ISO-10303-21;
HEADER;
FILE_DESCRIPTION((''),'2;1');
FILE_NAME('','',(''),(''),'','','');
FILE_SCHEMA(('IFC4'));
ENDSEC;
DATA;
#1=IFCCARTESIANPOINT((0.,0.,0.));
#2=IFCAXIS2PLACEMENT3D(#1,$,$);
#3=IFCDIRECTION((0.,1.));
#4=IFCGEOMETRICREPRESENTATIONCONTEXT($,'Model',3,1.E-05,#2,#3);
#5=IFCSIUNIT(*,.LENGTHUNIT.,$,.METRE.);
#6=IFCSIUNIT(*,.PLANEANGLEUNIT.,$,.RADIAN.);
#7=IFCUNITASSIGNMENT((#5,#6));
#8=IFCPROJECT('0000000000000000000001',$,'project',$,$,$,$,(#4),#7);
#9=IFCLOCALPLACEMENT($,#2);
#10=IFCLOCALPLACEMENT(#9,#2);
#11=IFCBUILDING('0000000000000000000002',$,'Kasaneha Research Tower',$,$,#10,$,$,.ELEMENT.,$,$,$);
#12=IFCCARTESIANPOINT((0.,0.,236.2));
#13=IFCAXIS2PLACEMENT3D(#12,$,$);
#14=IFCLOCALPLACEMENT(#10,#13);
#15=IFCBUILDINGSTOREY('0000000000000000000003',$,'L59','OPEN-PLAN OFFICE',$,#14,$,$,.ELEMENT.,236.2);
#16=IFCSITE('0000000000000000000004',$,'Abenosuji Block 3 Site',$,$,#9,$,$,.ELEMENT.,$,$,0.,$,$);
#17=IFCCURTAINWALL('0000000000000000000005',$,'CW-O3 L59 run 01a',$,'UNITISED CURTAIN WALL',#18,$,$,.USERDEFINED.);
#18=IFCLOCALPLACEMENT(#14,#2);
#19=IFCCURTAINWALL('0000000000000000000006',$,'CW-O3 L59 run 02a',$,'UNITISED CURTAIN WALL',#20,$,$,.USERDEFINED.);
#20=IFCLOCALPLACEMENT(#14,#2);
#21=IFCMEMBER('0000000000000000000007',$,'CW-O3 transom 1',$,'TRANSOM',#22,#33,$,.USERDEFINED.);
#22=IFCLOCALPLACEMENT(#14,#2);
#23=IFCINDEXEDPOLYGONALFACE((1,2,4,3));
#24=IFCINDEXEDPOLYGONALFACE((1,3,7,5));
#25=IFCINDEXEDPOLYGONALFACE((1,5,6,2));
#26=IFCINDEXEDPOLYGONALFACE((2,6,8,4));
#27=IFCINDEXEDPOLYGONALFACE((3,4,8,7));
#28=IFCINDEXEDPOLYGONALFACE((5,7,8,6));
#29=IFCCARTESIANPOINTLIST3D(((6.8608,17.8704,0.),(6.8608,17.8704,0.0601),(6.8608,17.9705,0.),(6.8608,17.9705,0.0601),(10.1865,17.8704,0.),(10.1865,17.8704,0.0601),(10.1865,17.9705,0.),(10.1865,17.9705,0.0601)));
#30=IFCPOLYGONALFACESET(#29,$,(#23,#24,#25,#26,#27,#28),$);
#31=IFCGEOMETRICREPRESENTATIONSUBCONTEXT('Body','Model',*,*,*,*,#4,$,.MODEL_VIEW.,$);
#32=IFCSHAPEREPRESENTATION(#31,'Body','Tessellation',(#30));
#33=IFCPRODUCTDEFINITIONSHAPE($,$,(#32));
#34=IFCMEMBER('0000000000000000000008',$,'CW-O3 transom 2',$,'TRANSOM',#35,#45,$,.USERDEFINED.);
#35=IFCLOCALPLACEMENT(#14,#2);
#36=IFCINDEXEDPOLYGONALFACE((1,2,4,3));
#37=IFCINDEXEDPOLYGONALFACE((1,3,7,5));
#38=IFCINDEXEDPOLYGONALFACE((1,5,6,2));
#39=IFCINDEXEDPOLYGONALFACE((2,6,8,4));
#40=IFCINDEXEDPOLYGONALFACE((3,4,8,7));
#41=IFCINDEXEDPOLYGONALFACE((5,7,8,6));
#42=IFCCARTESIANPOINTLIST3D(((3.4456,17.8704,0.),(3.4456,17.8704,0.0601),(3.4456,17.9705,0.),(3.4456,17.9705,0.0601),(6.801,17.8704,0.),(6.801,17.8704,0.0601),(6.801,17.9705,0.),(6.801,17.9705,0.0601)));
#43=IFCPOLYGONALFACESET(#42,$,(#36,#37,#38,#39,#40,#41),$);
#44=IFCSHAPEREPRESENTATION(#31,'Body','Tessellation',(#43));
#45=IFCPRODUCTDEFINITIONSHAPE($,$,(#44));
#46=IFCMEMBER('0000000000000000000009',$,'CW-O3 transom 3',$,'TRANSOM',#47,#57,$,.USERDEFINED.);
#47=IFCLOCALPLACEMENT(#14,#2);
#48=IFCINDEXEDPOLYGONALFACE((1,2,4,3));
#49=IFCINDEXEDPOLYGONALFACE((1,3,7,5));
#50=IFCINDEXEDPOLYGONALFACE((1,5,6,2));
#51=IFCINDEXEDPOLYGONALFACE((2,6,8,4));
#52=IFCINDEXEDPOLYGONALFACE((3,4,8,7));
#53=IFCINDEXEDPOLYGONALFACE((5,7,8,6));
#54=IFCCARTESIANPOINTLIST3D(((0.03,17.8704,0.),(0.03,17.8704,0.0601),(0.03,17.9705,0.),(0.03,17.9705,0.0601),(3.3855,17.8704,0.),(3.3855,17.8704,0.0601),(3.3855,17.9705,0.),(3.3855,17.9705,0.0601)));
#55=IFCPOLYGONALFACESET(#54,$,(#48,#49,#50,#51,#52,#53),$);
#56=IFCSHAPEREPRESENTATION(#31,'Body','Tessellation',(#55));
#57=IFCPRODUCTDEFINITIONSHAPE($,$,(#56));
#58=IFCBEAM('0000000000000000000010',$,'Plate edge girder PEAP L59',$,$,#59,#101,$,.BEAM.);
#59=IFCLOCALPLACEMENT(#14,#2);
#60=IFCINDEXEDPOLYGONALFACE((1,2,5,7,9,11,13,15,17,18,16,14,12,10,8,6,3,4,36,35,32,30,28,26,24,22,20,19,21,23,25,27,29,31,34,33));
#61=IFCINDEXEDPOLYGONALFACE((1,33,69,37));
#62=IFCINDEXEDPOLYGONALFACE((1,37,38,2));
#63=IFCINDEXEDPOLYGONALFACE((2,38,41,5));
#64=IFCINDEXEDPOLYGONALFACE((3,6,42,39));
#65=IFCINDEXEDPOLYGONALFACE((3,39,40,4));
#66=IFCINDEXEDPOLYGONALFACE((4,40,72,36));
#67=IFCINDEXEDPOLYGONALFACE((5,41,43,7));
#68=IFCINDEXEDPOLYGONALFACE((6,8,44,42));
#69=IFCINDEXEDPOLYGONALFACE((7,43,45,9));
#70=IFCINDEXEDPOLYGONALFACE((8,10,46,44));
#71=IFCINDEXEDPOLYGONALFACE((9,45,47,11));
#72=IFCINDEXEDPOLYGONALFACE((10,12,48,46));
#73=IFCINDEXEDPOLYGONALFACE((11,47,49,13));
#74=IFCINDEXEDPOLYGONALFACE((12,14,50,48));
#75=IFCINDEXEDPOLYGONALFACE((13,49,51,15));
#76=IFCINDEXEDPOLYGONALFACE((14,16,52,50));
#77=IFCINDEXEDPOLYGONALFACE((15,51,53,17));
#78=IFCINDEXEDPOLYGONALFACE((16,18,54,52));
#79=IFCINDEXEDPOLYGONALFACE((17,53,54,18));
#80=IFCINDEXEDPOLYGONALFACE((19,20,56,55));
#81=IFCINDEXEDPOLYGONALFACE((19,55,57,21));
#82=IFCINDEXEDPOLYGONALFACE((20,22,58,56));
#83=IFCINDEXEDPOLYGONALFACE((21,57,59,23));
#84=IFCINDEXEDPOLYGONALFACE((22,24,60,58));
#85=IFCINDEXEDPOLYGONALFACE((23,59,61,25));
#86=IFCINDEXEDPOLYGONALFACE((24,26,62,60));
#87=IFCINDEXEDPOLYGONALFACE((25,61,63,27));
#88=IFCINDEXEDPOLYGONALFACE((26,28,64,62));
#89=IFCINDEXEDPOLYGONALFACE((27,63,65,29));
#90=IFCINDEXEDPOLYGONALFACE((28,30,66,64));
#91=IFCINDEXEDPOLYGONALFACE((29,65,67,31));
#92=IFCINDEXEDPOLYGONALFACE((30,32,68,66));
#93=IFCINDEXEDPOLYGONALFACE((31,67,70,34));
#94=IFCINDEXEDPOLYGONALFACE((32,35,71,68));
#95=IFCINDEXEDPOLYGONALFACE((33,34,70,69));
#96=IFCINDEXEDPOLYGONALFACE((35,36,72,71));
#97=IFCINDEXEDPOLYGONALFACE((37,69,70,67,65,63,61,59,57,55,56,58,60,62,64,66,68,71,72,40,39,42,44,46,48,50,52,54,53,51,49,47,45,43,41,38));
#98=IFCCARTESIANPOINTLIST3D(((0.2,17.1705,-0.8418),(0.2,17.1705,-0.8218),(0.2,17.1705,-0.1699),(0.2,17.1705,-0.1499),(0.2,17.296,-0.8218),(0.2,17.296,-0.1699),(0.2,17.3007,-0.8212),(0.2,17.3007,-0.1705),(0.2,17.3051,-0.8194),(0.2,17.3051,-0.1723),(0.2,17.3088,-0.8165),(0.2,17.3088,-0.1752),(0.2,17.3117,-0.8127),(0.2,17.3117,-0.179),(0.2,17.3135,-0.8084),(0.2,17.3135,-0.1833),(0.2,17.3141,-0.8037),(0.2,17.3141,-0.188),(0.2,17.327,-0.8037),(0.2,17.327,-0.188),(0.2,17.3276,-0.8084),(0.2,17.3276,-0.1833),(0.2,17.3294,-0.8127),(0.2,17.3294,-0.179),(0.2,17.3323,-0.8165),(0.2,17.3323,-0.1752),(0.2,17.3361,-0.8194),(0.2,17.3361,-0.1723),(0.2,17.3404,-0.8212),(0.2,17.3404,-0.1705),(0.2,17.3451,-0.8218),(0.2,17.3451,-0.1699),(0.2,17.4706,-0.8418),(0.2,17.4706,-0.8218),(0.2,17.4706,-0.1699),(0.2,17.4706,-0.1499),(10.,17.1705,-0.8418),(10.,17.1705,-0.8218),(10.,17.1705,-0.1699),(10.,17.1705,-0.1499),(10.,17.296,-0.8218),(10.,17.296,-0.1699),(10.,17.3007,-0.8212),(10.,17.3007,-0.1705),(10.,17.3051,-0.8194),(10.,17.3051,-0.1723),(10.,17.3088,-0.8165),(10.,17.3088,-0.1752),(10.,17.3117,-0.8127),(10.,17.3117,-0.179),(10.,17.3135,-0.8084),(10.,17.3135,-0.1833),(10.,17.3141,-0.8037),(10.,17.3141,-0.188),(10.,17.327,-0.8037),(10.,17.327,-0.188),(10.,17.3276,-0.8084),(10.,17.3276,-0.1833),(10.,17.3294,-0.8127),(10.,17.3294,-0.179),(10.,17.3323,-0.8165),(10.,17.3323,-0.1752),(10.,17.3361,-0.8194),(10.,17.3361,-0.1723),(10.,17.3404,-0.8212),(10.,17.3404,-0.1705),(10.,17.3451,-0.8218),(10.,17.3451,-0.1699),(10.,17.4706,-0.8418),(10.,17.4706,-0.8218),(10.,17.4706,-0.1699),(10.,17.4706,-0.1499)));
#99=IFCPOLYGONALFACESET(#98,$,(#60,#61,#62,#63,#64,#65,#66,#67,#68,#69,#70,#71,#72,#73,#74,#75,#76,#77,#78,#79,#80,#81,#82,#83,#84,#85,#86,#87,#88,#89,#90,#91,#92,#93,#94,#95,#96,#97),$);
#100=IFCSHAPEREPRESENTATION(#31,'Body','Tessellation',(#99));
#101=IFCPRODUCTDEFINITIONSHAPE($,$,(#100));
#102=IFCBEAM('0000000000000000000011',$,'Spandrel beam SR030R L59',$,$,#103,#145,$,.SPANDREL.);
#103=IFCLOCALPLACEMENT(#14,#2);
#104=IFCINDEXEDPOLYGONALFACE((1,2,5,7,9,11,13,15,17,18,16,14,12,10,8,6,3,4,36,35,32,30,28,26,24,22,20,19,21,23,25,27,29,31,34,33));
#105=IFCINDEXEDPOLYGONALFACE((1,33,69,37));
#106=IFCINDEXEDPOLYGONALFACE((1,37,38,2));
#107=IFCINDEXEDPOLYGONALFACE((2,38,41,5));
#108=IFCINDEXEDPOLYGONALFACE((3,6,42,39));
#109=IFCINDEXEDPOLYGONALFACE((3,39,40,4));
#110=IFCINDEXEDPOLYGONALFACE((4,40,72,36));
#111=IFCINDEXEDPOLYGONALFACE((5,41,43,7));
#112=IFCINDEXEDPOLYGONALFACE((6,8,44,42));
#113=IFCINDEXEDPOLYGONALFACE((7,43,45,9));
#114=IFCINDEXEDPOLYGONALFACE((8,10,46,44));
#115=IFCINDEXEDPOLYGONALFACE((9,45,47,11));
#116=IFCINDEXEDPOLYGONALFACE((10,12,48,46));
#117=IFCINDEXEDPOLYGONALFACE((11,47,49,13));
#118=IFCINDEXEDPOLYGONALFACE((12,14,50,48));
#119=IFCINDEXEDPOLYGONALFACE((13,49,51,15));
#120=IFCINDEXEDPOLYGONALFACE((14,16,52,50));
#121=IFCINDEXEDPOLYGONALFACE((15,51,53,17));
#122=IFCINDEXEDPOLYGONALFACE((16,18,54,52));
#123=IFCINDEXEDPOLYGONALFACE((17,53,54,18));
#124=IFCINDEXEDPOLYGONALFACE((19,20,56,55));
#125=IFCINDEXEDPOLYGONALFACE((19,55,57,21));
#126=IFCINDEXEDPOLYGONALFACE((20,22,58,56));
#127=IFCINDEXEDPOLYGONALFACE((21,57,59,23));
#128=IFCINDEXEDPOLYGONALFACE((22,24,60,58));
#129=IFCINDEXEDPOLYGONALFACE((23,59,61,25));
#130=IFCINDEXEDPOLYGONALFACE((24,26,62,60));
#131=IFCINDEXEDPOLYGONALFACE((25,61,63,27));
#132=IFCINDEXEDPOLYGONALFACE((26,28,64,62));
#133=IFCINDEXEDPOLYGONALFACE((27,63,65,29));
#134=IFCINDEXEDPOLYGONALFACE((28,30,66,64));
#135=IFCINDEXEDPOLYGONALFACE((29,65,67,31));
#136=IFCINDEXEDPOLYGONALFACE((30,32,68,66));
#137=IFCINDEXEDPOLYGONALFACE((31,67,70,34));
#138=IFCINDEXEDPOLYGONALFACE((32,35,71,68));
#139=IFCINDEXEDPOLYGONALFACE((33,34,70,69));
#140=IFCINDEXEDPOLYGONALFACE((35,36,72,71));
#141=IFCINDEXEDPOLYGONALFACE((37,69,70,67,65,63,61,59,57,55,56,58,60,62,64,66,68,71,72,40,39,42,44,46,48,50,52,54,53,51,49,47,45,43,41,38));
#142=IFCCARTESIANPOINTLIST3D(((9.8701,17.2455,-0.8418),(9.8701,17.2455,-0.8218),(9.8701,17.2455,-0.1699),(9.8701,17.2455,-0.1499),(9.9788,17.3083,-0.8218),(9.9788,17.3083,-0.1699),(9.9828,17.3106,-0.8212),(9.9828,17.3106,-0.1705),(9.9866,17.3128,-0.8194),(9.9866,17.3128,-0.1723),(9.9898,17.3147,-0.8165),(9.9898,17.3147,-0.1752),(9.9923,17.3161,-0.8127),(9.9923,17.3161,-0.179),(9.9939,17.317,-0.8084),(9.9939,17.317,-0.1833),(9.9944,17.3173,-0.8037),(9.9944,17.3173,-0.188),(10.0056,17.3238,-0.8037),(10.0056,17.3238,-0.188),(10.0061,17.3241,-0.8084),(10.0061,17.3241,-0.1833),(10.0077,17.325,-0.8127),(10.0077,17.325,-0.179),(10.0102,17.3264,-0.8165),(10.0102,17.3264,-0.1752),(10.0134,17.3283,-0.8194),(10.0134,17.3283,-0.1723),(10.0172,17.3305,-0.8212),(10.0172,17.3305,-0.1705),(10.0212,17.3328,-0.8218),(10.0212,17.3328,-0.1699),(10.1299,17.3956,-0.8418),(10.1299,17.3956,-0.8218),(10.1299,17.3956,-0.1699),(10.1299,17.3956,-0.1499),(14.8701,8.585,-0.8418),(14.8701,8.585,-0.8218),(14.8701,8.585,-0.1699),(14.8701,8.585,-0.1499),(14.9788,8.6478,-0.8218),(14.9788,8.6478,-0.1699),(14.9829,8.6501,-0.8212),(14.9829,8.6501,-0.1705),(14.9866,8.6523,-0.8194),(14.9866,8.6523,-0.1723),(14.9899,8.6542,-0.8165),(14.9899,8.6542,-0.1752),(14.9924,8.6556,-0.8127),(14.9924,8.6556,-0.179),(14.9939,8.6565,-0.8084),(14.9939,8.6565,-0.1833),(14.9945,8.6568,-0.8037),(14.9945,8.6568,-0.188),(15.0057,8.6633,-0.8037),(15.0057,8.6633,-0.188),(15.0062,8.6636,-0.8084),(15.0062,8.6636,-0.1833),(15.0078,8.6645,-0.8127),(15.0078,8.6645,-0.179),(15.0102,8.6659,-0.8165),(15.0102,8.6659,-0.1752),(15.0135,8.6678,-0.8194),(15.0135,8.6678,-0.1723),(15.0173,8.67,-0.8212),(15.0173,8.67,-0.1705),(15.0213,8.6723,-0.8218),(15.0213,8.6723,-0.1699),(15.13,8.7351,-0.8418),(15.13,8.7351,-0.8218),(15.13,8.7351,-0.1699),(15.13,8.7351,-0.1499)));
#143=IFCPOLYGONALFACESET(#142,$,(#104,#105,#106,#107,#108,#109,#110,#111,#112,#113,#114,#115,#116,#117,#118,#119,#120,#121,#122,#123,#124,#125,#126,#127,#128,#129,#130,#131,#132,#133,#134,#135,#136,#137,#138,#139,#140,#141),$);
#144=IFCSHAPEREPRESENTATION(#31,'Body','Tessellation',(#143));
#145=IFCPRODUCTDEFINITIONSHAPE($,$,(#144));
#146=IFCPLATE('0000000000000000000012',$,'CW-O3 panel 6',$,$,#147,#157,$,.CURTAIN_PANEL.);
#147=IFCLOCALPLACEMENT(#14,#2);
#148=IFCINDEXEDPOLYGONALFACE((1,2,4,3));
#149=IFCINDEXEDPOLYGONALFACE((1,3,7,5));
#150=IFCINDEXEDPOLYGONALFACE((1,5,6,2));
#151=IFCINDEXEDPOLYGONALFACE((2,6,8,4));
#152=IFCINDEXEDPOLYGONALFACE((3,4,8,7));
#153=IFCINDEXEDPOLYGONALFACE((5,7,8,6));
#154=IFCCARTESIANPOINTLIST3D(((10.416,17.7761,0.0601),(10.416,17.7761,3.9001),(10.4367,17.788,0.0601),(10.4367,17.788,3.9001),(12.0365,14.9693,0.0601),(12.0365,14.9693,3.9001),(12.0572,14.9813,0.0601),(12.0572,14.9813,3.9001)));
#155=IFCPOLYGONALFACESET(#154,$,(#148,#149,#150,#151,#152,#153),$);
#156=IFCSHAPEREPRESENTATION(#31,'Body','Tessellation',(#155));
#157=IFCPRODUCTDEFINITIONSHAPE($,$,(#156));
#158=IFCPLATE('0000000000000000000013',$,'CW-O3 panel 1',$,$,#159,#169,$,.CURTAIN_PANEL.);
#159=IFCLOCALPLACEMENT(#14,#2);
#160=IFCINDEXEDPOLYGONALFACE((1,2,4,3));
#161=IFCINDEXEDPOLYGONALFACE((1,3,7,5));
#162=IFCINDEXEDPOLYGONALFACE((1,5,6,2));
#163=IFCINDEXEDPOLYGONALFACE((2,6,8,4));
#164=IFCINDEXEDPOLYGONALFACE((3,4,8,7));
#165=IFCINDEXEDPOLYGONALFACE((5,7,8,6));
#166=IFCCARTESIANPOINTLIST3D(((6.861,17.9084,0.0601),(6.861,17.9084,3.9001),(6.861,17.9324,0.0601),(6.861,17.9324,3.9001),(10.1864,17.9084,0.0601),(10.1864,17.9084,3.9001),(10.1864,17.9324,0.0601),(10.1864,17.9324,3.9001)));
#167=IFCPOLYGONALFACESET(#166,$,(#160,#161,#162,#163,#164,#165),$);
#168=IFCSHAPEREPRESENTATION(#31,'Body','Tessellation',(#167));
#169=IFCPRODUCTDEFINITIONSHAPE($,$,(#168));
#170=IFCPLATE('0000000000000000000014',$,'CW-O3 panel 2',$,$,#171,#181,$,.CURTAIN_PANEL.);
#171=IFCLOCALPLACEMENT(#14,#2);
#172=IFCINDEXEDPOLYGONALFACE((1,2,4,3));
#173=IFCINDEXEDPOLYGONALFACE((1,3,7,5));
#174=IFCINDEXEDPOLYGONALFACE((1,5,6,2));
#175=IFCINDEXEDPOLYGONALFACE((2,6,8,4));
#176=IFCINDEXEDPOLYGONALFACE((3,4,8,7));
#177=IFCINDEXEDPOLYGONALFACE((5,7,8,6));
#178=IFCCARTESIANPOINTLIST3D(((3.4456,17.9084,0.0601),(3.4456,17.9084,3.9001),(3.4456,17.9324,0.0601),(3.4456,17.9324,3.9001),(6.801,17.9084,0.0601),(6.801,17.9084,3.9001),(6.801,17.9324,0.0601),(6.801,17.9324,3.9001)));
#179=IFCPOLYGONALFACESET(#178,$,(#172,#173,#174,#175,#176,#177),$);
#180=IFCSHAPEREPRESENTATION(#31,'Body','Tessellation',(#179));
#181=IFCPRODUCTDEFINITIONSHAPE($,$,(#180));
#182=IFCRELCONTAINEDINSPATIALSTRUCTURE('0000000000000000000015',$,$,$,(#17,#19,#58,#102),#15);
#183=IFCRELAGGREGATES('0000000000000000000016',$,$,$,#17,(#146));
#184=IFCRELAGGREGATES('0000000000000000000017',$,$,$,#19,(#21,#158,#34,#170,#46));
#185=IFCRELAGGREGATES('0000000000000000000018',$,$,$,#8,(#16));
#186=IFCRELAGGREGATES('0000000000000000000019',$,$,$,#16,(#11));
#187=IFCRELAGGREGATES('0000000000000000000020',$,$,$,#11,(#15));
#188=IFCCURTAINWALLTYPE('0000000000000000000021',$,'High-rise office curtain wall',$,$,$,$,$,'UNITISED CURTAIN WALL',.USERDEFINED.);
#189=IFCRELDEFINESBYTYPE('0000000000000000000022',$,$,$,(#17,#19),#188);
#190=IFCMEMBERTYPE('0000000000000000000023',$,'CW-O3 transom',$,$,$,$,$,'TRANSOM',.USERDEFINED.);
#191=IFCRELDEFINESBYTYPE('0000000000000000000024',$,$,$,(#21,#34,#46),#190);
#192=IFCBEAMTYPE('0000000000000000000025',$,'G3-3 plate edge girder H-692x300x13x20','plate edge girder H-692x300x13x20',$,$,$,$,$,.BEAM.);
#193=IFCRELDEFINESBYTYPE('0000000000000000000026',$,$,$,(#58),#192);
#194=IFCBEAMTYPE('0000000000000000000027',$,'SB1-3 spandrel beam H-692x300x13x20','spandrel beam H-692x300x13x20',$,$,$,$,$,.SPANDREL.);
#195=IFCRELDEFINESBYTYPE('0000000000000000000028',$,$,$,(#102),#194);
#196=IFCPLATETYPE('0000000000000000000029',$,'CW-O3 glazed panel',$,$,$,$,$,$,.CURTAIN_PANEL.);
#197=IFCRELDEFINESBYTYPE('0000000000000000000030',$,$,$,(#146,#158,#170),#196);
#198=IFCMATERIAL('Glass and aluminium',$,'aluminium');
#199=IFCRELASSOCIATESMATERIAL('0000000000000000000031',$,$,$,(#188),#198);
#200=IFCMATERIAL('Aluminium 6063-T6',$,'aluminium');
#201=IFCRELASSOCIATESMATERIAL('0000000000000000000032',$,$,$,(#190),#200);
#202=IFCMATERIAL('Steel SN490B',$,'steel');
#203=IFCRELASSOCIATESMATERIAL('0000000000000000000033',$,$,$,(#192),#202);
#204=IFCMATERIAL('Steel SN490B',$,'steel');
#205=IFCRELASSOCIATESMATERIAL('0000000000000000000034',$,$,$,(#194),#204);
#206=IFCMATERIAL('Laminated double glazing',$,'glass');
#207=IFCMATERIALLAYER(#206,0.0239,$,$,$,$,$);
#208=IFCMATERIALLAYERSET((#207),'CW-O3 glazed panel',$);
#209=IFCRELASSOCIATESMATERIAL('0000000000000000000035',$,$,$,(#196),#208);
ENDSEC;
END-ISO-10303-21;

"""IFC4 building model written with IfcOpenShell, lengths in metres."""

from ifc_helpers import new_model, si_unit, direction, frame, origin, origin_2d, place, context, subcontext, project, spatial, rectangle, i_section, extrude, material, layer, layer_set, material_profile, profile_set, type_object, element, aggregate, save


model = new_model("IFC4")

# Units and contexts
model_context = context("Model", 3, precision=1e-05, world=origin(), true_north=direction((0.0, 1.0)))
body_context = subcontext(model_context, "Body", "Model", "MODEL_VIEW")
ifc_project = project(units=[si_unit("LENGTHUNIT", "METRE"), si_unit("PLANEANGLEUNIT", "RADIAN")], contexts=[model_context])

# Site, building, storey
site_placement = place(None, origin())
site = spatial("IfcSite", under=ifc_project, at=site_placement, Name="Abenosuji Block 3 Site", CompositionType="ELEMENT", RefElevation=0.0)
building_placement = place(site_placement, origin())
building = spatial("IfcBuilding", under=site, at=building_placement, Name="Kasaneha Research Tower", CompositionType="ELEMENT")
storey_placement = place(building_placement, frame((0.0, 0.0, 236.2)))
storey = spatial("IfcBuildingStorey", under=building, at=storey_placement, Name="L59", Description="OPEN-PLAN OFFICE", CompositionType="ELEMENT", Elevation=236.2)

# Curtain wall
ifc_material_1 = material(Name="Glass and aluminium", Category="aluminium")
curtain_wall_type = type_object("IfcCurtainWallType", Name="High-rise office curtain wall", ElementType="UNITISED CURTAIN WALL", PredefinedType="USERDEFINED", material=ifc_material_1)
curtain_wall_1_placement = place(storey_placement, origin())
curtain_wall_1 = element("IfcCurtainWall", 1, at=curtain_wall_1_placement, inside=storey, type_object=curtain_wall_type, Name="CW-O3 L59 run 01a", ObjectType="UNITISED CURTAIN WALL", PredefinedType="USERDEFINED")

# Curtain wall
curtain_wall_2_placement = place(storey_placement, origin())
curtain_wall_2 = element("IfcCurtainWall", 2, at=curtain_wall_2_placement, inside=storey, type_object=curtain_wall_type, Name="CW-O3 L59 run 02a", ObjectType="UNITISED CURTAIN WALL", PredefinedType="USERDEFINED")

# Members
ifc_material_2 = material(Name="Aluminium 6063-T6", Category="aluminium")
ifc_material_profile_1 = material_profile(ifc_material_2, rectangle(XDim=0.1001, YDim=0.0601, at=origin_2d()), Name="CW-O3 transom 100x60")
ifc_profile_set_1 = profile_set([ifc_material_profile_1], Name="Aluminium 6063-T6")
member_type_1 = type_object("IfcMemberType", Name="CW-O3 transom", ElementType="TRANSOM", PredefinedType="USERDEFINED", material=ifc_profile_set_1)
member_1_placement = place(storey_placement, frame((10.1865, 17.9204, 0.03), z_axis=(-1.0, 0.0, 0.0), x_axis=(0.0, -1.0, 0.0)))
member_1 = element("IfcMember", 3, at=member_1_placement, type_object=member_type_1, Name="CW-O3 transom 1", ObjectType="TRANSOM", PredefinedType="USERDEFINED", context=body_context, shape_type="SweptSolid", body=[
    extrude(rectangle(XDim=0.1001, YDim=0.0601, at=origin_2d()), origin(), (0.0, 0.0, 1.0), 3.3257),
])
member_2_placement = place(storey_placement, frame((6.801, 17.9204, 0.03), z_axis=(-1.0, 0.0, 0.0), x_axis=(0.0, -1.0, 0.0)))
member_2 = element("IfcMember", 4, at=member_2_placement, type_object=member_type_1, Name="CW-O3 transom 2", ObjectType="TRANSOM", PredefinedType="USERDEFINED", context=body_context, shape_type="SweptSolid", body=[
    extrude(rectangle(XDim=0.1001, YDim=0.0601, at=origin_2d()), origin(), (0.0, 0.0, 1.0), 3.3555),
])
member_3_placement = place(storey_placement, frame((3.3855, 17.9204, 0.03), z_axis=(-1.0, 0.0, 0.0), x_axis=(0.0, -1.0, 0.0)))
member_3 = element("IfcMember", 5, at=member_3_placement, type_object=member_type_1, Name="CW-O3 transom 3", ObjectType="TRANSOM", PredefinedType="USERDEFINED", context=body_context, shape_type="SweptSolid", body=[
    extrude(rectangle(XDim=0.1001, YDim=0.0601, at=origin_2d()), origin(), (0.0, 0.0, 1.0), 3.3555),
])

# Beams
ifc_material_3 = material(Name="Steel SN490B", Category="steel")
ifc_material_profile_2 = material_profile(ifc_material_3, i_section(OverallWidth=0.3, OverallDepth=0.6919, WebThickness=0.0129, FlangeThickness=0.02, FilletRadius=0.0181, at=origin_2d()), Name="H-692x300x13x20")
ifc_profile_set_2 = profile_set([ifc_material_profile_2], Name="Steel SN490B")
beam_type_1 = type_object("IfcBeamType", Name="G3-3 plate edge girder H-692x300x13x20", Description="plate edge girder H-692x300x13x20", PredefinedType="BEAM", material=ifc_profile_set_2)
beam_1_placement = place(storey_placement, frame((10.0, 17.3206, -0.4958), z_axis=(-1.0, 0.0, 0.0), x_axis=(0.0, -1.0, 0.0)))
element("IfcBeam", 6, at=beam_1_placement, inside=storey, type_object=beam_type_1, Name="Plate edge girder PEAP L59", PredefinedType="BEAM", context=body_context, shape_type="SweptSolid", body=[
    extrude(i_section(OverallWidth=0.3, OverallDepth=0.6919, WebThickness=0.0129, FlangeThickness=0.02, FilletRadius=0.0181, at=origin_2d()), origin(), (0.0, 0.0, 1.0), 9.8),
])
ifc_material_4 = material(Name="Steel SN490B", Category="steel")
ifc_material_profile_3 = material_profile(ifc_material_4, i_section(OverallWidth=0.3, OverallDepth=0.6919, WebThickness=0.0129, FlangeThickness=0.02, FilletRadius=0.0181, at=origin_2d()), Name="H-692x300x13x20")
ifc_profile_set_3 = profile_set([ifc_material_profile_3], Name="Steel SN490B")
beam_type_2 = type_object("IfcBeamType", Name="SB1-3 spandrel beam H-692x300x13x20", Description="spandrel beam H-692x300x13x20", PredefinedType="SPANDREL", material=ifc_profile_set_3)
beam_2_placement = place(storey_placement, frame((10.0, 17.3206, -0.4958), z_axis=(0.499994, -0.866029, 0.0), x_axis=(0.866029, 0.499994, 0.0)))
element("IfcBeam", 7, at=beam_2_placement, inside=storey, type_object=beam_type_2, Name="Spandrel beam SR030R L59", PredefinedType="SPANDREL", context=body_context, shape_type="SweptSolid", body=[
    extrude(i_section(OverallWidth=0.3, OverallDepth=0.6919, WebThickness=0.0129, FlangeThickness=0.02, FilletRadius=0.0181, at=origin_2d()), origin(), (0.0, 0.0, 1.0), 10.0002),
])

# Plates
ifc_material_5 = material(Name="Laminated double glazing", Category="glass")
ifc_layer_1 = layer(ifc_material_5, 0.0239)
ifc_layer_set_1 = layer_set([ifc_layer_1], Name="CW-O3 glazed panel")
plate_type = type_object("IfcPlateType", Name="CW-O3 glazed panel", PredefinedType="CURTAIN_PANEL", material=ifc_layer_set_1)
plate_1_placement = place(storey_placement, frame((11.2366, 16.3787, 0.0601), z_axis=(0.0, 0.0, 1.0), x_axis=(-0.5, 0.866025, 0.0)))
plate_1 = element("IfcPlate", 8, at=plate_1_placement, type_object=plate_type, Name="CW-O3 panel 6", PredefinedType="CURTAIN_PANEL", context=body_context, shape_type="SweptSolid", body=[
    extrude(rectangle(XDim=3.241, YDim=0.0239, at=origin_2d()), origin(), (0.0, 0.0, 1.0), 3.8401),
])
aggregate(curtain_wall_1, [plate_1])
plate_2_placement = place(storey_placement, frame((8.5237, 17.9204, 0.0601), z_axis=(0.0, 0.0, 1.0), x_axis=(-1.0, 0.0, 0.0)))
plate_2 = element("IfcPlate", 9, at=plate_2_placement, type_object=plate_type, Name="CW-O3 panel 1", PredefinedType="CURTAIN_PANEL", context=body_context, shape_type="SweptSolid", body=[
    extrude(rectangle(XDim=3.3254, YDim=0.0239, at=origin_2d()), origin(), (0.0, 0.0, 1.0), 3.8401),
])
plate_3_placement = place(storey_placement, frame((5.1233, 17.9204, 0.0601), z_axis=(0.0, 0.0, 1.0), x_axis=(-1.0, 0.0, 0.0)))
plate_3 = element("IfcPlate", 10, at=plate_3_placement, type_object=plate_type, Name="CW-O3 panel 2", PredefinedType="CURTAIN_PANEL", context=body_context, shape_type="SweptSolid", body=[
    extrude(rectangle(XDim=3.3555, YDim=0.0239, at=origin_2d()), origin(), (0.0, 0.0, 1.0), 3.8401),
])
aggregate(curtain_wall_2, [member_1, plate_2, member_2, plate_3, member_3])

save(model, "model.ifc")
